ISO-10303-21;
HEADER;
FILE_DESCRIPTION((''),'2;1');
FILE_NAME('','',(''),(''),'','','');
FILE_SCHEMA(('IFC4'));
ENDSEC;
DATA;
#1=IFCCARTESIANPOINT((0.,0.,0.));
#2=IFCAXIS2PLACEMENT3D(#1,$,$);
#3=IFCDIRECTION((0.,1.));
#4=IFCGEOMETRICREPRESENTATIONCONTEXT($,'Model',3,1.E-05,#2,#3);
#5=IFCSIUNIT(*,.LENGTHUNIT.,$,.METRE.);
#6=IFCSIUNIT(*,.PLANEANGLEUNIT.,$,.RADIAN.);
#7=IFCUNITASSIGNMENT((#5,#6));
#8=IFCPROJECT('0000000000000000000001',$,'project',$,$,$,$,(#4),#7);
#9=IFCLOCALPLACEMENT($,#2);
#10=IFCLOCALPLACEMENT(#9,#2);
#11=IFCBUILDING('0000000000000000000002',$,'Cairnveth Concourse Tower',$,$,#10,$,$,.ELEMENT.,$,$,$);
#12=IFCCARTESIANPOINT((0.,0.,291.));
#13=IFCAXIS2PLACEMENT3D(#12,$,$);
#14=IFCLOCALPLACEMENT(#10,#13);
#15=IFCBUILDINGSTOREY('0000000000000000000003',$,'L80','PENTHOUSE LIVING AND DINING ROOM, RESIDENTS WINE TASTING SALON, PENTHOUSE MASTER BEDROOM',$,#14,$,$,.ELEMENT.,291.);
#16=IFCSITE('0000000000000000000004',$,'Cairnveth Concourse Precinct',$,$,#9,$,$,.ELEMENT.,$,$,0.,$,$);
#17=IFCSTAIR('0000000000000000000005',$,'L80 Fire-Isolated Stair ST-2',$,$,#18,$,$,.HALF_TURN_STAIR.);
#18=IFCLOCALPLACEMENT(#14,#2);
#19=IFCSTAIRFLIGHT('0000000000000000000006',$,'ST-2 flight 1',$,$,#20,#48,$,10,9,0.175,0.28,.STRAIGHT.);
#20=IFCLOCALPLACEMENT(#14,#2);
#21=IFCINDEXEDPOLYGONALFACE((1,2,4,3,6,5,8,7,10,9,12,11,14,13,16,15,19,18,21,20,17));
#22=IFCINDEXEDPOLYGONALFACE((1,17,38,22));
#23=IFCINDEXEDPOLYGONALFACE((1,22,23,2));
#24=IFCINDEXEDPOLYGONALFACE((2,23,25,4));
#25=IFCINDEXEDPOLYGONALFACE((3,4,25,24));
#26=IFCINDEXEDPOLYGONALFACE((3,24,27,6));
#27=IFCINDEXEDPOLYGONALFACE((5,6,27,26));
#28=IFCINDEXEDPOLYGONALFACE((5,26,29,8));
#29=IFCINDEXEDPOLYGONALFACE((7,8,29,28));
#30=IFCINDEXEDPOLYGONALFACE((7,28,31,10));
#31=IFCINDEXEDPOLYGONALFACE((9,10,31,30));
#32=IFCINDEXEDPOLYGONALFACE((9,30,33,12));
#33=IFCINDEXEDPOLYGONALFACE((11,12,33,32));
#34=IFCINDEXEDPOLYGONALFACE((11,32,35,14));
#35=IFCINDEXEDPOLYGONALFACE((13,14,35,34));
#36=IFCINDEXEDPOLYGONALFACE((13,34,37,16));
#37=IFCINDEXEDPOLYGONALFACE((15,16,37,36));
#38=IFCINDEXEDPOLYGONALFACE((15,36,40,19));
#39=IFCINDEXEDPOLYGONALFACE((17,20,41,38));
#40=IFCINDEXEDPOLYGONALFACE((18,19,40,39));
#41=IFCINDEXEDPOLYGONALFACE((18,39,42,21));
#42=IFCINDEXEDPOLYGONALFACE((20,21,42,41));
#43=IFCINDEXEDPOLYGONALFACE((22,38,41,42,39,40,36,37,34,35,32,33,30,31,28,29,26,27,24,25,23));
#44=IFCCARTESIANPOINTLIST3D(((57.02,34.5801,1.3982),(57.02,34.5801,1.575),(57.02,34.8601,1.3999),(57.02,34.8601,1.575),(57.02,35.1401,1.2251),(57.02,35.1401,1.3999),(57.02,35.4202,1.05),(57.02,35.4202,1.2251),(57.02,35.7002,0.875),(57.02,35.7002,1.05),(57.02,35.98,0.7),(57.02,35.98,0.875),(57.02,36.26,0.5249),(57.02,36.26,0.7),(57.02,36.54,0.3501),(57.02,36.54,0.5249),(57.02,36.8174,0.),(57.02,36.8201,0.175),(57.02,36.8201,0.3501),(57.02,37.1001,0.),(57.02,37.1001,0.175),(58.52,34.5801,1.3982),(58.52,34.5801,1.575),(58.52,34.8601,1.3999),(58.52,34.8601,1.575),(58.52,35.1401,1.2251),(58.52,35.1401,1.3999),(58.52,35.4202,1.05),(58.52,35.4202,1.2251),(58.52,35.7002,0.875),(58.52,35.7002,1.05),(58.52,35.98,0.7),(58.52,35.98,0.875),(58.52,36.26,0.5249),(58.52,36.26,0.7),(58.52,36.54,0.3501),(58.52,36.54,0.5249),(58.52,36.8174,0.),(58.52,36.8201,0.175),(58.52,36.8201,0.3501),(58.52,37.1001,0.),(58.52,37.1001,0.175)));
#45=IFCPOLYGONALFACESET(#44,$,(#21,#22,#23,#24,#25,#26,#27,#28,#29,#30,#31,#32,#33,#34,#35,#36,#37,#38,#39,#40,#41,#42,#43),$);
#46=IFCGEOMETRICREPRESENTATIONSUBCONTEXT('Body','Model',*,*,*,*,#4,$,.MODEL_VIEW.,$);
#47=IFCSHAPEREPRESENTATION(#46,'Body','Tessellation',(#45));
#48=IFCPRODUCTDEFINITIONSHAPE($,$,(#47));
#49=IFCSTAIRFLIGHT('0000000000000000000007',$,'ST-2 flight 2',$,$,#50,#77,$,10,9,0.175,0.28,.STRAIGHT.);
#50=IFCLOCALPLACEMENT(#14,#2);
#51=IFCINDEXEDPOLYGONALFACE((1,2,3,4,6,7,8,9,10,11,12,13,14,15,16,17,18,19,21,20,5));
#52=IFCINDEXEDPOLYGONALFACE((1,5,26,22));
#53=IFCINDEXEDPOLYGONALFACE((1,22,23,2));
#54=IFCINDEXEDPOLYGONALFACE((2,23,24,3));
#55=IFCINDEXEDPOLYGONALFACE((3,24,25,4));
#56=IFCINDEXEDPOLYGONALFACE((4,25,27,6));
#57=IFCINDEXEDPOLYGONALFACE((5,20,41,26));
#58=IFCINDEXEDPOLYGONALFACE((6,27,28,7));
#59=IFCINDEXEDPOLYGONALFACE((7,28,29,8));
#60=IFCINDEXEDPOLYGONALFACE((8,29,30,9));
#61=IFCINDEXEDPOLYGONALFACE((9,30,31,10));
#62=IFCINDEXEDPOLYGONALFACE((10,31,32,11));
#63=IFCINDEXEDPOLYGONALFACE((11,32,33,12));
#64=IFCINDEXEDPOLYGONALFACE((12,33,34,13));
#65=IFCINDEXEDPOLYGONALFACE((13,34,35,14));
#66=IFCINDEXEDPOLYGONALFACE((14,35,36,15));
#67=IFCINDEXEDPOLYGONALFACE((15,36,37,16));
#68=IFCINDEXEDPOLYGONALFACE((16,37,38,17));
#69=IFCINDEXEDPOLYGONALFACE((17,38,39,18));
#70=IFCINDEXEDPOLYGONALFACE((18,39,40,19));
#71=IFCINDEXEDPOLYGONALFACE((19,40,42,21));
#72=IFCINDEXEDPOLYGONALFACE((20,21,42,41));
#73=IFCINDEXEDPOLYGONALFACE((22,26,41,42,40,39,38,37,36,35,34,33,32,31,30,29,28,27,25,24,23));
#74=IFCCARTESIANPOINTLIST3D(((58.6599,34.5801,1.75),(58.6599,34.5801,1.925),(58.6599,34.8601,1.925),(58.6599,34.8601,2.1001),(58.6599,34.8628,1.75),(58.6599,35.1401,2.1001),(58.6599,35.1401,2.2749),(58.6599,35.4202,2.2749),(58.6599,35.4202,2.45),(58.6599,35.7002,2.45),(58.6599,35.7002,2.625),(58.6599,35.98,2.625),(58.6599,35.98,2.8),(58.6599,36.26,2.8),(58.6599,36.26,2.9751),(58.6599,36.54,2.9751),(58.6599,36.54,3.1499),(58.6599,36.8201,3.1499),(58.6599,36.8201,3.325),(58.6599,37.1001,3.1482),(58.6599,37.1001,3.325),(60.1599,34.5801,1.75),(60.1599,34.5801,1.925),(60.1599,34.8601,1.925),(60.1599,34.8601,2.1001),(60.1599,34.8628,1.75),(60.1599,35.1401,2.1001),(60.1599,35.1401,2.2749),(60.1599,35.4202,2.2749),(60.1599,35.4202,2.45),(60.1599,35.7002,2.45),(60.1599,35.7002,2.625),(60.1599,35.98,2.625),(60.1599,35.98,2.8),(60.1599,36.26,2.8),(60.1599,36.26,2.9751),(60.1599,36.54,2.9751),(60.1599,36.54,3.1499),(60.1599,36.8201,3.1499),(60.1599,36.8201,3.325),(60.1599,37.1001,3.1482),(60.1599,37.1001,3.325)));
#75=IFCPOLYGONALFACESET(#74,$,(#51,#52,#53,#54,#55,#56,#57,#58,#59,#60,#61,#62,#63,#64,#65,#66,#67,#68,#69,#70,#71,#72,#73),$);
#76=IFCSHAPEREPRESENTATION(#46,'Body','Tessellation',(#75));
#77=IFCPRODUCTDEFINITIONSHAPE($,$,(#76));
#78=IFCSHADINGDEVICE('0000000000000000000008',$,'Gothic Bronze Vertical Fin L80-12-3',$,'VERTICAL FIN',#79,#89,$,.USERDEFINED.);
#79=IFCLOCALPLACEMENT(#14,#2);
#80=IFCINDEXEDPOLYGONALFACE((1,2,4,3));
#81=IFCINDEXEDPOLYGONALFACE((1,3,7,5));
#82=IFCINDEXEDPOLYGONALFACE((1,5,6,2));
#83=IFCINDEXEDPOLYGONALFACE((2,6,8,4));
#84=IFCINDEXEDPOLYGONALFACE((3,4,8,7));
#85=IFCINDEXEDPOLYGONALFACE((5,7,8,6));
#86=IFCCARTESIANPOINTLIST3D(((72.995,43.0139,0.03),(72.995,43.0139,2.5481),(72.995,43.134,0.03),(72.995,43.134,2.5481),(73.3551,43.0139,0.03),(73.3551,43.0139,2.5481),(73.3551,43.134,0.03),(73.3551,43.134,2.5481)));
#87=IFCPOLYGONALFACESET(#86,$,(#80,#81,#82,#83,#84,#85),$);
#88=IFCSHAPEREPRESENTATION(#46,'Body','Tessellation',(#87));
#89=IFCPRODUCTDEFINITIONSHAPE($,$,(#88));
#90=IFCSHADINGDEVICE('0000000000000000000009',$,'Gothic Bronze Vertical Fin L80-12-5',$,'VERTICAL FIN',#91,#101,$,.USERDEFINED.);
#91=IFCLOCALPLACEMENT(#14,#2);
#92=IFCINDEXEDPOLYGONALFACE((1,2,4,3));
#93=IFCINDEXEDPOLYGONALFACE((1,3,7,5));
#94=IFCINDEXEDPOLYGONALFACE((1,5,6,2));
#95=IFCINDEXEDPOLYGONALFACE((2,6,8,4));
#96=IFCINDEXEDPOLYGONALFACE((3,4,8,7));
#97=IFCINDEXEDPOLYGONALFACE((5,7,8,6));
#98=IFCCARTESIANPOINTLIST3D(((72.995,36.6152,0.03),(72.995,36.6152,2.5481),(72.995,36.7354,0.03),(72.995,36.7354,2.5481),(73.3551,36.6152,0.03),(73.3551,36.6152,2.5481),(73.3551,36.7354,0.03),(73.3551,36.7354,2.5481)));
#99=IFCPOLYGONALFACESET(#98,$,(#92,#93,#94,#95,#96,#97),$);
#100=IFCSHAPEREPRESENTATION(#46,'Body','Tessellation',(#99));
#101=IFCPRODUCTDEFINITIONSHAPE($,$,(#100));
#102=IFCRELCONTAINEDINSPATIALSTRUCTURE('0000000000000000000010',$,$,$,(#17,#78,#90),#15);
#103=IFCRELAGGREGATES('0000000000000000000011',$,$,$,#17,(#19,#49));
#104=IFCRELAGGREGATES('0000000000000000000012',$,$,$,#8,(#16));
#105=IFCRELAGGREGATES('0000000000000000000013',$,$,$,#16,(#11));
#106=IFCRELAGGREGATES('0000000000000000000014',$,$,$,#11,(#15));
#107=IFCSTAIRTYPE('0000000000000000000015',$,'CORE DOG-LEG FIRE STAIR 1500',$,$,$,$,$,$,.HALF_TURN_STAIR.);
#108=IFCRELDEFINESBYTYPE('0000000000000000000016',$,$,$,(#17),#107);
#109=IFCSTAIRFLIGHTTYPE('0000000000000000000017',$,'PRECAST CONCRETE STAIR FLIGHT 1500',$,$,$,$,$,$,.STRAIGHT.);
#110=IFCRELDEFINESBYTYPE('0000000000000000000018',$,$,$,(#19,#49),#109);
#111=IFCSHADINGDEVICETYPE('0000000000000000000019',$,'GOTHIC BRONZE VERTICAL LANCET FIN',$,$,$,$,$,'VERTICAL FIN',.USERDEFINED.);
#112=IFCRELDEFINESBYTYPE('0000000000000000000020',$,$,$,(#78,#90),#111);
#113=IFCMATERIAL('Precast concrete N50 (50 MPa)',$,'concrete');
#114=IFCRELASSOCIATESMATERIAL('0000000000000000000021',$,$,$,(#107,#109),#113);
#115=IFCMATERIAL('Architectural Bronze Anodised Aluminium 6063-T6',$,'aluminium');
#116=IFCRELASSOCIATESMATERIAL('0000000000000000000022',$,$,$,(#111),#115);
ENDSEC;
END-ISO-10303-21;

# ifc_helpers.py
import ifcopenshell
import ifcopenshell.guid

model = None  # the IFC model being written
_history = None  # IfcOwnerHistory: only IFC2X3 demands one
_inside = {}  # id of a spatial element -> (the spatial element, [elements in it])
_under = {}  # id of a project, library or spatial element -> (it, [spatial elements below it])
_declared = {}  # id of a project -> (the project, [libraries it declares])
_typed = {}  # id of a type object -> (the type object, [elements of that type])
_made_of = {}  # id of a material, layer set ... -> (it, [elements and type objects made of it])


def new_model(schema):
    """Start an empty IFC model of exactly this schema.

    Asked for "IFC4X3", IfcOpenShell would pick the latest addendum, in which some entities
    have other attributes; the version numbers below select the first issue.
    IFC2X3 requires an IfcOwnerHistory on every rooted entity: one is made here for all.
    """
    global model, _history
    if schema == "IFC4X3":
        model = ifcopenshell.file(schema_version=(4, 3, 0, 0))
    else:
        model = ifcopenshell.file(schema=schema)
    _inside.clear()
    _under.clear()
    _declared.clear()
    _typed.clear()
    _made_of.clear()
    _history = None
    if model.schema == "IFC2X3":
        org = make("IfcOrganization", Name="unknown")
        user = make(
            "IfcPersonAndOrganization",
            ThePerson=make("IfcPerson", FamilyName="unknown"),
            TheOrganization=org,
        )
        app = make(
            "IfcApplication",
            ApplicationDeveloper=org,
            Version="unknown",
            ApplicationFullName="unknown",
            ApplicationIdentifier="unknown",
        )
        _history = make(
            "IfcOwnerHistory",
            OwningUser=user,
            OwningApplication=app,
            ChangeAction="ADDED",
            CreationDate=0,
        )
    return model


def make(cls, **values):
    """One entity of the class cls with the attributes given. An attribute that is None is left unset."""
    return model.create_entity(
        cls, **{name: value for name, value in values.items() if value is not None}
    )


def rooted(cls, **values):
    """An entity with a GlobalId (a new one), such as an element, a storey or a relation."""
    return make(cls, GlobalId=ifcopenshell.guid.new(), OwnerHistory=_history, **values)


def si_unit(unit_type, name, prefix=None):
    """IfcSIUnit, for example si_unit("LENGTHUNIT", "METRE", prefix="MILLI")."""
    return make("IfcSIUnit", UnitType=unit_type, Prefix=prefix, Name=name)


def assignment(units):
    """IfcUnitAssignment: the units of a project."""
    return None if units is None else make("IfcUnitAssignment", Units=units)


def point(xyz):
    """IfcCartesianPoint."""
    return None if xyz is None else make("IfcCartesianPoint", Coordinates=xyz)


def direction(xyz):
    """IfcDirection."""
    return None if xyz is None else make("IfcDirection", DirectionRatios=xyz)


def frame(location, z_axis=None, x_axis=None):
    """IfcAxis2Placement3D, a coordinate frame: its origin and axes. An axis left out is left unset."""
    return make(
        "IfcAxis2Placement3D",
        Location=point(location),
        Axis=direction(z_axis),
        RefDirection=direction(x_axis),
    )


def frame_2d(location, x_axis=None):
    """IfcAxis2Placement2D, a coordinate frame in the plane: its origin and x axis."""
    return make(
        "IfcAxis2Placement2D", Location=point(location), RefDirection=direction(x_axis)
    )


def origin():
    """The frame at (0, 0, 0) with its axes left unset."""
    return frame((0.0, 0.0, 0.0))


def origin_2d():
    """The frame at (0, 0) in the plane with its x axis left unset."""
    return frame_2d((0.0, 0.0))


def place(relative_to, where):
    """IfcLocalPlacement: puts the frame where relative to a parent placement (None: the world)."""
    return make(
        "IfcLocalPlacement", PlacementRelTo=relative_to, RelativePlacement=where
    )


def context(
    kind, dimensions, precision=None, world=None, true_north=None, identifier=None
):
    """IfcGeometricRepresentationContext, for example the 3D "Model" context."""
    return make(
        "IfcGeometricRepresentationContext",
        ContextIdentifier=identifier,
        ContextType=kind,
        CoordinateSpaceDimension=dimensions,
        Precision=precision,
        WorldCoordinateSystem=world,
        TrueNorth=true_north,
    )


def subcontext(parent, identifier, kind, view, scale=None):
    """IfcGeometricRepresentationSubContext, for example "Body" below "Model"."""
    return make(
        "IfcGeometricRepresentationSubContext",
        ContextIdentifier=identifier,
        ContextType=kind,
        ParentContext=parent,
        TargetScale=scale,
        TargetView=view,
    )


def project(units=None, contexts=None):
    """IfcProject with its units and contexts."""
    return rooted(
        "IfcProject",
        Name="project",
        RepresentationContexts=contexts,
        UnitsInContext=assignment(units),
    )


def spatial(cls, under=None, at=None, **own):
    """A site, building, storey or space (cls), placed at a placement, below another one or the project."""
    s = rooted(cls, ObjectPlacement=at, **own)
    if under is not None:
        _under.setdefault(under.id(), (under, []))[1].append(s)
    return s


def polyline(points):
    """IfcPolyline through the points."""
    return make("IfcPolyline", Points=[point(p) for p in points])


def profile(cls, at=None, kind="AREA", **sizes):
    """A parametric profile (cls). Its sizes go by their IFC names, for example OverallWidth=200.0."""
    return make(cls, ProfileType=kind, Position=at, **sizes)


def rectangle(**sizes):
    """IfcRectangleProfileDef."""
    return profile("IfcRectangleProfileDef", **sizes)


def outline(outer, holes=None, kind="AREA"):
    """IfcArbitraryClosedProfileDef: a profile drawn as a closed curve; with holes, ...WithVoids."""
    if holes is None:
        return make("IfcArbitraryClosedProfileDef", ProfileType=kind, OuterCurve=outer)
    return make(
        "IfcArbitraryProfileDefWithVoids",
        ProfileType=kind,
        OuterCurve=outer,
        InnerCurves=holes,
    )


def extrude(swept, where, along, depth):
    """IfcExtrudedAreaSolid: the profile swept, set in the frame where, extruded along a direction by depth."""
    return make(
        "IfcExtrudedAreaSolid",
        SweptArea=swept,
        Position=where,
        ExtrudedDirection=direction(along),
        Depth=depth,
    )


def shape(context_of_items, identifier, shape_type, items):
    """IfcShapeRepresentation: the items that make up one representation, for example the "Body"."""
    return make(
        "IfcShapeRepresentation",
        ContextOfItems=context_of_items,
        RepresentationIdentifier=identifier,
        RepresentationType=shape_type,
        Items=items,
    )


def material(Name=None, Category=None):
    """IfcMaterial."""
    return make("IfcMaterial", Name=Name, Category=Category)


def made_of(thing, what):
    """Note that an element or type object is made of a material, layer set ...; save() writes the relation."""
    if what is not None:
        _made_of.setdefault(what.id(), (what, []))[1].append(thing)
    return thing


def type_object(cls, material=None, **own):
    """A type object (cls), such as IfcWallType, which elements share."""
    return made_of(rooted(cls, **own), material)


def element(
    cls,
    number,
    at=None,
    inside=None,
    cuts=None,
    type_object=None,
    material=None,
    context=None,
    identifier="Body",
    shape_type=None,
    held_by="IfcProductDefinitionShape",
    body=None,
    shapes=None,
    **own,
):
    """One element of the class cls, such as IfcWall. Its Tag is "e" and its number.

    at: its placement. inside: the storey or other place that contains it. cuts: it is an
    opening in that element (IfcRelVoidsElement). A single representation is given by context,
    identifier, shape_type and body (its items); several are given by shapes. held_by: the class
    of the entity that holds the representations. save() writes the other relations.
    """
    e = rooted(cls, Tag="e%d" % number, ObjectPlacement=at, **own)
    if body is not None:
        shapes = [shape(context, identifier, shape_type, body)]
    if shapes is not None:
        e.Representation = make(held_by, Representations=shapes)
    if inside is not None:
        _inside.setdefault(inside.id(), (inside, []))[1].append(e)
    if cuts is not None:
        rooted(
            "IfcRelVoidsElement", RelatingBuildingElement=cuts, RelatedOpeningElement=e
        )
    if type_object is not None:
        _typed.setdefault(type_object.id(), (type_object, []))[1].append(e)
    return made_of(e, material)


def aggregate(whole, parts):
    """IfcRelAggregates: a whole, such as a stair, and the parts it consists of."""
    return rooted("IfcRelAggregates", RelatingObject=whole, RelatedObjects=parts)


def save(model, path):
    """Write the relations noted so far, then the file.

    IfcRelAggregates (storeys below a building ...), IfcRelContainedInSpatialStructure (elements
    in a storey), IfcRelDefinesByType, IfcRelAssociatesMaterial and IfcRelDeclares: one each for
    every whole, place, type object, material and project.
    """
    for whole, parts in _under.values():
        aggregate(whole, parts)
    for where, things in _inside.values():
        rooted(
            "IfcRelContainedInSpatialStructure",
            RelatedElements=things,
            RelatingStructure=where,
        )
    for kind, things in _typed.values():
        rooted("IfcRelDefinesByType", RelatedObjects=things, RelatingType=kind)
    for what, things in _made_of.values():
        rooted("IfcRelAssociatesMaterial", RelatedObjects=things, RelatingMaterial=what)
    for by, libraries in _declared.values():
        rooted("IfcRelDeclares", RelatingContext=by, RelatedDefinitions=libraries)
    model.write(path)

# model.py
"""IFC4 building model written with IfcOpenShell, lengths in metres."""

from ifc_helpers import new_model, si_unit, direction, frame, origin, origin_2d, place, context, subcontext, project, spatial, polyline, rectangle, outline, extrude, material, type_object, element, aggregate, save


model = new_model("IFC4")

# Units and contexts
model_context = context("Model", 3, precision=1e-05, world=origin(), true_north=direction((0.0, 1.0)))
body_context = subcontext(model_context, "Body", "Model", "MODEL_VIEW")
ifc_project = project(units=[si_unit("LENGTHUNIT", "METRE"), si_unit("PLANEANGLEUNIT", "RADIAN")], contexts=[model_context])

# Site, building, storey
site_placement = place(None, origin())
site = spatial("IfcSite", under=ifc_project, at=site_placement, Name="Cairnveth Concourse Precinct", CompositionType="ELEMENT", RefElevation=0.0)
building_placement = place(site_placement, origin())
building = spatial("IfcBuilding", under=site, at=building_placement, Name="Cairnveth Concourse Tower", CompositionType="ELEMENT")
storey_placement = place(building_placement, frame((0.0, 0.0, 291.0)))
storey = spatial("IfcBuildingStorey", under=building, at=storey_placement, Name="L80", Description="PENTHOUSE LIVING AND DINING ROOM, RESIDENTS WINE TASTING SALON, PENTHOUSE MASTER BEDROOM", CompositionType="ELEMENT", Elevation=291.0)

# Stair, stair flights
ifc_material_1 = material(Name="Precast concrete N50 (50 MPa)", Category="concrete")
stair_type = type_object("IfcStairType", Name="CORE DOG-LEG FIRE STAIR 1500", PredefinedType="HALF_TURN_STAIR", material=ifc_material_1)
stair_placement = place(storey_placement, origin())
stair = element("IfcStair", 1, at=stair_placement, inside=storey, type_object=stair_type, Name="L80 Fire-Isolated Stair ST-2", PredefinedType="HALF_TURN_STAIR")
stair_flight_type = type_object("IfcStairFlightType", Name="PRECAST CONCRETE STAIR FLIGHT 1500", PredefinedType="STRAIGHT", material=ifc_material_1)
stair_flight_1_placement = place(storey_placement, frame((57.77, 37.1001, 0.0), z_axis=(0.0, 0.0, 1.0), x_axis=(0.0, -1.0, 0.0)))
stair_flight_1 = element("IfcStairFlight", 2, at=stair_flight_1_placement, type_object=stair_flight_type, Name="ST-2 flight 1", NumberOfRisers=10, NumberOfTreads=9, PredefinedType="STRAIGHT", RiserHeight=0.175, TreadLength=0.28, context=body_context, shape_type="SweptSolid", body=[
    extrude(outline(polyline([(0.0, 0.0), (0.0, 0.175), (0.28, 0.175), (0.28, 0.3501), (0.5601, 0.3501), (0.5601, 0.5249), (0.8401, 0.5249), (0.8401, 0.7), (1.1201, 0.7), (1.1201, 0.875), (1.3999, 0.875), (1.3999, 1.05), (1.6799, 1.05), (1.6799, 1.2251), (1.96, 1.2251), (1.96, 1.3999), (2.24, 1.3999), (2.24, 1.575), (2.52, 1.575), (2.52, 1.75), (2.52, 1.3982), (0.2827, 0.0), (0.0, 0.0)])), frame((0.0, 0.75, 0.0), z_axis=(0.0, -1.0, 0.0), x_axis=(1.0, 0.0, 0.0)), (0.0, 0.0, 1.0), 1.5),
])
stair_flight_2_placement = place(storey_placement, frame((59.4099, 34.5801, 1.75), z_axis=(0.0, 0.0, 1.0), x_axis=(0.0, 1.0, 0.0)))
stair_flight_2 = element("IfcStairFlight", 3, at=stair_flight_2_placement, type_object=stair_flight_type, Name="ST-2 flight 2", NumberOfRisers=10, NumberOfTreads=9, PredefinedType="STRAIGHT", RiserHeight=0.175, TreadLength=0.28, context=body_context, shape_type="SweptSolid", body=[
    extrude(outline(polyline([(0.0, 0.0), (0.0, 0.175), (0.28, 0.175), (0.28, 0.3501), (0.5601, 0.3501), (0.5601, 0.5249), (0.8401, 0.5249), (0.8401, 0.7), (1.1201, 0.7), (1.1201, 0.875), (1.3999, 0.875), (1.3999, 1.05), (1.6799, 1.05), (1.6799, 1.2251), (1.96, 1.2251), (1.96, 1.3999), (2.24, 1.3999), (2.24, 1.575), (2.52, 1.575), (2.52, 1.75), (2.52, 1.3982), (0.2827, 0.0), (0.0, 0.0)])), frame((0.0, 0.75, 0.0), z_axis=(0.0, -1.0, 0.0), x_axis=(1.0, 0.0, 0.0)), (0.0, 0.0, 1.0), 1.5),
])
aggregate(stair, [stair_flight_1, stair_flight_2])

# Shading devices
ifc_material_2 = material(Name="Architectural Bronze Anodised Aluminium 6063-T6", Category="aluminium")
shading_device_type = type_object("IfcShadingDeviceType", Name="GOTHIC BRONZE VERTICAL LANCET FIN", ElementType="VERTICAL FIN", PredefinedType="USERDEFINED", material=ifc_material_2)
for number, where, z_axis, x_axis, name in (
    (4, (73.175, 43.074, 0.03), (0.0, 0.0, 1.0), (0.0, 1.0, 0.0), "Gothic Bronze Vertical Fin L80-12-3"),
    (5, (73.175, 36.6753, 0.03), (0.0, 0.0, 1.0), (0.0, 1.0, 0.0), "Gothic Bronze Vertical Fin L80-12-5"),
):
    element("IfcShadingDevice", number, at=place(storey_placement, frame(where, z_axis=z_axis, x_axis=x_axis)), inside=storey, type_object=shading_device_type, Name=name, ObjectType="VERTICAL FIN", PredefinedType="USERDEFINED", context=body_context, shape_type="SweptSolid", body=[
        extrude(rectangle(XDim=0.1201, YDim=0.3601, at=origin_2d()), origin(), (0.0, 0.0, 1.0), 2.5181),
    ])

save(model, "model.ifc")
